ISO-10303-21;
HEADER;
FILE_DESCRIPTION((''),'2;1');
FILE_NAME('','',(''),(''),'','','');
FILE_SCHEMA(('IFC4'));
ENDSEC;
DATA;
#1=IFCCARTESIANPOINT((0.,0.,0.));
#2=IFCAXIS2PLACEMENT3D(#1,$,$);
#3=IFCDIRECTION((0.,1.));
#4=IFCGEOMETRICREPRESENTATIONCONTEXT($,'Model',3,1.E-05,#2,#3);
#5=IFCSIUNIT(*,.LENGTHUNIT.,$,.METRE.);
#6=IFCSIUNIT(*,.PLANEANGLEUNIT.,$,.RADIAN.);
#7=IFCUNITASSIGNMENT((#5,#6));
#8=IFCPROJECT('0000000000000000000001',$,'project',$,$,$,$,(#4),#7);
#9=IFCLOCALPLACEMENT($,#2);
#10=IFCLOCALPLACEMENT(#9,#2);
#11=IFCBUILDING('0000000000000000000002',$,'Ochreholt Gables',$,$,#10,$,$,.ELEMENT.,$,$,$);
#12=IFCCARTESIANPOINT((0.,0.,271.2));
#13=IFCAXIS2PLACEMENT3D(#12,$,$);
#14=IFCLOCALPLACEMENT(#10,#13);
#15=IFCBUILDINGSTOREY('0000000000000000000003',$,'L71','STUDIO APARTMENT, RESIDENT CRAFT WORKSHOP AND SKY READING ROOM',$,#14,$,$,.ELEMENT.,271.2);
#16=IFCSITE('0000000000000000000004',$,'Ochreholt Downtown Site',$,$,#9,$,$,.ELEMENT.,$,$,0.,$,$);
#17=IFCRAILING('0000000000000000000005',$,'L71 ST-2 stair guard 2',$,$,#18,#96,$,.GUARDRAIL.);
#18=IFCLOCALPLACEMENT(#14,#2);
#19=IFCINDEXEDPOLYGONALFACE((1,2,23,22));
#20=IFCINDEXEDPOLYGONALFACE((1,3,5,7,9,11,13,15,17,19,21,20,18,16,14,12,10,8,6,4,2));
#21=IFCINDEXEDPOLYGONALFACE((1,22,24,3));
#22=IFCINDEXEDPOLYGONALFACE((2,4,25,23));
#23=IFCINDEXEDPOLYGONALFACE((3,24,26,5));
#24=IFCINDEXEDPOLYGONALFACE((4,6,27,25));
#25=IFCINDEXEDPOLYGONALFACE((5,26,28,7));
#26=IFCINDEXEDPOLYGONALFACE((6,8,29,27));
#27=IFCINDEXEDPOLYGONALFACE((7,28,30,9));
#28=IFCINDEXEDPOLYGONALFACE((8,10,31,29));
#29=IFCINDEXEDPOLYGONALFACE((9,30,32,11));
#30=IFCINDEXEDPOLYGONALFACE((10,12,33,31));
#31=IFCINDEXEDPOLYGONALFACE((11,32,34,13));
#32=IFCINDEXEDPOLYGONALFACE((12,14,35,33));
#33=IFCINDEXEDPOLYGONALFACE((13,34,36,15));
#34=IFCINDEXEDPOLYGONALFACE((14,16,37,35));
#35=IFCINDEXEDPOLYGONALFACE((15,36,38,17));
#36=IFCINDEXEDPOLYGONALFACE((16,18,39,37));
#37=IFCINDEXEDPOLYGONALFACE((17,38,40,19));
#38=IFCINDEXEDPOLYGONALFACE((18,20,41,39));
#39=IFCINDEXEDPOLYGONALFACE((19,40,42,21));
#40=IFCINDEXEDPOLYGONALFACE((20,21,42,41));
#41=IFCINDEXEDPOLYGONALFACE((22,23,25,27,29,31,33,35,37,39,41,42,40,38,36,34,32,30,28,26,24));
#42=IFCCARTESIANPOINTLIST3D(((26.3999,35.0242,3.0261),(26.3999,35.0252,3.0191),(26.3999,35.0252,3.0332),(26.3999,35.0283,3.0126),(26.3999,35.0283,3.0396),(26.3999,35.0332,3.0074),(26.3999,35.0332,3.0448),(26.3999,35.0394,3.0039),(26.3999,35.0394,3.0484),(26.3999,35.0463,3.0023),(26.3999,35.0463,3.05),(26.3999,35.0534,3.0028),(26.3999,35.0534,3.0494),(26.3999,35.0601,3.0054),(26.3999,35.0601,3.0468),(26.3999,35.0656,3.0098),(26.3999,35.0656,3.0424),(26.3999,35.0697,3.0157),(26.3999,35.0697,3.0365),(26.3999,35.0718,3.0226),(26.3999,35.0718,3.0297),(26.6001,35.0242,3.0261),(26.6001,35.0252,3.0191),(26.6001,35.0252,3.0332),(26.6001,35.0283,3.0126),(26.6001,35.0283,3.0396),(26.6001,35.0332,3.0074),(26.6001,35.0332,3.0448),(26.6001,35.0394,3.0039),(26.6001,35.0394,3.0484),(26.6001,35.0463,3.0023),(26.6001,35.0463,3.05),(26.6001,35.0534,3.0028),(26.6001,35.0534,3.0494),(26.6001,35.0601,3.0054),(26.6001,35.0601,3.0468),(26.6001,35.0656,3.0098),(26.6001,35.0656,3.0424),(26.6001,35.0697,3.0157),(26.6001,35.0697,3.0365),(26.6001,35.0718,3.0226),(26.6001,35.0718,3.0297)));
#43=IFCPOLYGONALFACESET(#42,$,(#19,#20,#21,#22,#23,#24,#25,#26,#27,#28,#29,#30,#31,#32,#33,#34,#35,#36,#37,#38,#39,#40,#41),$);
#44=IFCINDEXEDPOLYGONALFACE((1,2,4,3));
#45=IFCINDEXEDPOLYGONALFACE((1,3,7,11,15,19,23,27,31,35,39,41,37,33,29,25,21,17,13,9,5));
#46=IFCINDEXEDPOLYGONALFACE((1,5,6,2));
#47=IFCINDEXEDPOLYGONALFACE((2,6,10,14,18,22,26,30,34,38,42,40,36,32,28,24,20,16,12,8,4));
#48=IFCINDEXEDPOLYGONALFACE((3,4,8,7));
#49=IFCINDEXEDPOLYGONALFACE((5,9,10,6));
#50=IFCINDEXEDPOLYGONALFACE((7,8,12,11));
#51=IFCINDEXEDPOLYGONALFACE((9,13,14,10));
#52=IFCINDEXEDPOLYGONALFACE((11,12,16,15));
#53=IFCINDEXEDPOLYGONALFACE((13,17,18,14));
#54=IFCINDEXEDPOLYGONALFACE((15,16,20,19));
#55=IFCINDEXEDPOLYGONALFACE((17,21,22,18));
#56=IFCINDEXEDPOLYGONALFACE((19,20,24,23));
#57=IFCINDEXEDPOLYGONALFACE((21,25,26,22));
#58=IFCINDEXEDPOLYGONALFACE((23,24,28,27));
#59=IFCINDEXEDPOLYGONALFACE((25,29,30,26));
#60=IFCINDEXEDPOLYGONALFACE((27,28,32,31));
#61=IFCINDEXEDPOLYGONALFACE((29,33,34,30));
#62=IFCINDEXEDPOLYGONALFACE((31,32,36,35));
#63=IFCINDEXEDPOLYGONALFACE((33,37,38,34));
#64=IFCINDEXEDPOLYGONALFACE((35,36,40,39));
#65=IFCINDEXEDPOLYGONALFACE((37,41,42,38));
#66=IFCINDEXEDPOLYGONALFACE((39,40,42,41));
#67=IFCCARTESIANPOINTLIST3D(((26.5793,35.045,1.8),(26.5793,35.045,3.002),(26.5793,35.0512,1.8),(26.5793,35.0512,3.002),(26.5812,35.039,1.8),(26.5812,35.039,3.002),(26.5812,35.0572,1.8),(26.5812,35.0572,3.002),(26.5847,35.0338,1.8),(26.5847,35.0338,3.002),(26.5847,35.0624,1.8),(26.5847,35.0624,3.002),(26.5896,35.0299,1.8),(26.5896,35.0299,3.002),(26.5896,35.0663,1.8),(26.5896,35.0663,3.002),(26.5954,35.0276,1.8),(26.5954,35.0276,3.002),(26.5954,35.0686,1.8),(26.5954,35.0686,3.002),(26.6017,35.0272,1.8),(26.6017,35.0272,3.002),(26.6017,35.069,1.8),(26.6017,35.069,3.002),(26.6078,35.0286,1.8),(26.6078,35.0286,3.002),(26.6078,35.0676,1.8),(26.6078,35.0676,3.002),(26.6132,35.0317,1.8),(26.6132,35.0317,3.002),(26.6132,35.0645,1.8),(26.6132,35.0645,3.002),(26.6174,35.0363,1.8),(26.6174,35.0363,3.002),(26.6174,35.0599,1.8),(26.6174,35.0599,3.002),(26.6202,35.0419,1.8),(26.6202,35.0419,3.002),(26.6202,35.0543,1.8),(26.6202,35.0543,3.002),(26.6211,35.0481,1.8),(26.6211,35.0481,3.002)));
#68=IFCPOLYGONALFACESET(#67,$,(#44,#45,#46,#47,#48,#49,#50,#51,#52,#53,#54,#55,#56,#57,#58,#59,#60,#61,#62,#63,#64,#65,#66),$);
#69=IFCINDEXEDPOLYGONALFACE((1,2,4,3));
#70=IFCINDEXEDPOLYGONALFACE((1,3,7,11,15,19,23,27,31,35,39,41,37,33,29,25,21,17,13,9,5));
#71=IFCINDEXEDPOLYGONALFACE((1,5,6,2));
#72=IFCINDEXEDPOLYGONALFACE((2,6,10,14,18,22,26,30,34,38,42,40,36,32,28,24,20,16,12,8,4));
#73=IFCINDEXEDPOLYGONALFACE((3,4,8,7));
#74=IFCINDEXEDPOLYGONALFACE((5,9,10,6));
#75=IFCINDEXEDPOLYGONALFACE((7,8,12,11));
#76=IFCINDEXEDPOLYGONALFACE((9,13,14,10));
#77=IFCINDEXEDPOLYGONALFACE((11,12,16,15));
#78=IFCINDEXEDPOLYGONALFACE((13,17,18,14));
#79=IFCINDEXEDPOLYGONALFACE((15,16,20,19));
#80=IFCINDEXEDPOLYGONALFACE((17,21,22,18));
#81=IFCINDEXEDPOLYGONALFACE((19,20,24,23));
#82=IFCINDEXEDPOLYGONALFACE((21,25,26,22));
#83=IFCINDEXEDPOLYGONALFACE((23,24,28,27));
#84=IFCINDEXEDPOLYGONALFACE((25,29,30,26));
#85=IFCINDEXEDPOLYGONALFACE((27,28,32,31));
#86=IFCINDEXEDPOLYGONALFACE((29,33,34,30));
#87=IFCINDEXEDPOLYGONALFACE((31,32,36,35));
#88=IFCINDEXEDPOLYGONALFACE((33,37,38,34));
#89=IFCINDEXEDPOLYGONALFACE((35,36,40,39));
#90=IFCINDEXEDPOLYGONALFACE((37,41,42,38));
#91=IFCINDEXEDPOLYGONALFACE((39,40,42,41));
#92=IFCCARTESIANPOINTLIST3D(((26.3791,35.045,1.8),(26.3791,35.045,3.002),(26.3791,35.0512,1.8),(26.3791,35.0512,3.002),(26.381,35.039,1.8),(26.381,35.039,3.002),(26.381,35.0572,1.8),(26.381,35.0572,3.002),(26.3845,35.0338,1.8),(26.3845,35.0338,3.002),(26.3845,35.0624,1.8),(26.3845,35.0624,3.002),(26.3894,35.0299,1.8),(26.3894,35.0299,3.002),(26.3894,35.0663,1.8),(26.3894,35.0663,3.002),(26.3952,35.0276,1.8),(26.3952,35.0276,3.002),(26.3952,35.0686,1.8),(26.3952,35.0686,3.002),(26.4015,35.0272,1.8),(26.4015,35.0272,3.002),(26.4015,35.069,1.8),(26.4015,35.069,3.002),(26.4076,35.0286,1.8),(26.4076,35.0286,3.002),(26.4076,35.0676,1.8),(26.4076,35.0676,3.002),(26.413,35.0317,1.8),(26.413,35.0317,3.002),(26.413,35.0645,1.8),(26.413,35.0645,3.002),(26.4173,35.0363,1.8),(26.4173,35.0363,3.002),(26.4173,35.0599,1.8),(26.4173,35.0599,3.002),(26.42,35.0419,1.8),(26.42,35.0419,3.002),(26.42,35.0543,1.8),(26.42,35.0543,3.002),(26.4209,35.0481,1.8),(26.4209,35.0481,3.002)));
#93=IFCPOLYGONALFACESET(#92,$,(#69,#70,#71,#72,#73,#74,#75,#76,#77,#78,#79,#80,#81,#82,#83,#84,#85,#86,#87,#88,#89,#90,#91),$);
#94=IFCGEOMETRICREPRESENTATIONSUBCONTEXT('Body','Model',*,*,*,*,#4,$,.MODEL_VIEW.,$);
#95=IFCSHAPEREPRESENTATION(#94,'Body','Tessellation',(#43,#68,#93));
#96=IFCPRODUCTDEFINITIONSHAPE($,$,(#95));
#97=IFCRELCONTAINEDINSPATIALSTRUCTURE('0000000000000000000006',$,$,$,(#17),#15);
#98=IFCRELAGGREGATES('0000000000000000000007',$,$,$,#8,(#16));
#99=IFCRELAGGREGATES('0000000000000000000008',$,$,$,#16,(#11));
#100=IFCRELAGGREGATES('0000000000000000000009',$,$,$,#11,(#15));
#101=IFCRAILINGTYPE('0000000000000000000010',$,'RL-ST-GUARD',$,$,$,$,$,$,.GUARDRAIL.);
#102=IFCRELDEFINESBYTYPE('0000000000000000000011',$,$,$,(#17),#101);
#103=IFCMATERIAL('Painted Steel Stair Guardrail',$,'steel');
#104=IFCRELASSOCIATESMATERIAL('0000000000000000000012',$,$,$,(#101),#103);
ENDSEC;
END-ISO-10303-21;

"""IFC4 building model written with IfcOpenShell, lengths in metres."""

from ifc_helpers import new_model, si_unit, direction, frame, origin, origin_2d, place, context, subcontext, project, spatial, circle, extrude, material, type_object, element, save


model = new_model("IFC4")

# Units and contexts
model_context = context("Model", 3, precision=1e-05, world=origin(), true_north=direction((0.0, 1.0)))
body_context = subcontext(model_context, "Body", "Model", "MODEL_VIEW")
ifc_project = project(units=[si_unit("LENGTHUNIT", "METRE"), si_unit("PLANEANGLEUNIT", "RADIAN")], contexts=[model_context])

# Site, building, storey
site_placement = place(None, origin())
site = spatial("IfcSite", under=ifc_project, at=site_placement, Name="Ochreholt Downtown Site", CompositionType="ELEMENT", RefElevation=0.0)
building_placement = place(site_placement, origin())
building = spatial("IfcBuilding", under=site, at=building_placement, Name="Ochreholt Gables", CompositionType="ELEMENT")
storey_placement = place(building_placement, frame((0.0, 0.0, 271.2)))
storey = spatial("IfcBuildingStorey", under=building, at=storey_placement, Name="L71", Description="STUDIO APARTMENT, RESIDENT CRAFT WORKSHOP AND SKY READING ROOM", CompositionType="ELEMENT", Elevation=271.2)

# Railing
ifc_material_1 = material(Name="Painted Steel Stair Guardrail", Category="steel")
railing_type_1 = type_object("IfcRailingType", Name="RL-ST-GUARD", PredefinedType="GUARDRAIL", material=ifc_material_1)
railing_1_placement = place(storey_placement, frame((26.6001, 35.0481, 1.8)))
element("IfcRailing", 1, at=railing_1_placement, inside=storey, type_object=railing_type_1, Name="L71 ST-2 stair guard 2", PredefinedType="GUARDRAIL", context=body_context, shape_type="SweptSolid", body=[
    extrude(circle(Radius=0.0239, at=origin_2d()), frame((0.0, 0.0, 1.2261), z_axis=(-1.0, 0.0, 0.0), x_axis=(0.0, -1.0, 0.0)), (0.0, 0.0, 1.0), 0.2002),
    extrude(circle(Radius=0.021, at=origin_2d()), origin(), (0.0, 0.0, 1.0), 1.2019),
    extrude(circle(Radius=0.021, at=origin_2d()), frame((-0.2002, 0.0, 0.0)), (0.0, 0.0, 1.0), 1.2019),
])

save(model, "model.ifc")
